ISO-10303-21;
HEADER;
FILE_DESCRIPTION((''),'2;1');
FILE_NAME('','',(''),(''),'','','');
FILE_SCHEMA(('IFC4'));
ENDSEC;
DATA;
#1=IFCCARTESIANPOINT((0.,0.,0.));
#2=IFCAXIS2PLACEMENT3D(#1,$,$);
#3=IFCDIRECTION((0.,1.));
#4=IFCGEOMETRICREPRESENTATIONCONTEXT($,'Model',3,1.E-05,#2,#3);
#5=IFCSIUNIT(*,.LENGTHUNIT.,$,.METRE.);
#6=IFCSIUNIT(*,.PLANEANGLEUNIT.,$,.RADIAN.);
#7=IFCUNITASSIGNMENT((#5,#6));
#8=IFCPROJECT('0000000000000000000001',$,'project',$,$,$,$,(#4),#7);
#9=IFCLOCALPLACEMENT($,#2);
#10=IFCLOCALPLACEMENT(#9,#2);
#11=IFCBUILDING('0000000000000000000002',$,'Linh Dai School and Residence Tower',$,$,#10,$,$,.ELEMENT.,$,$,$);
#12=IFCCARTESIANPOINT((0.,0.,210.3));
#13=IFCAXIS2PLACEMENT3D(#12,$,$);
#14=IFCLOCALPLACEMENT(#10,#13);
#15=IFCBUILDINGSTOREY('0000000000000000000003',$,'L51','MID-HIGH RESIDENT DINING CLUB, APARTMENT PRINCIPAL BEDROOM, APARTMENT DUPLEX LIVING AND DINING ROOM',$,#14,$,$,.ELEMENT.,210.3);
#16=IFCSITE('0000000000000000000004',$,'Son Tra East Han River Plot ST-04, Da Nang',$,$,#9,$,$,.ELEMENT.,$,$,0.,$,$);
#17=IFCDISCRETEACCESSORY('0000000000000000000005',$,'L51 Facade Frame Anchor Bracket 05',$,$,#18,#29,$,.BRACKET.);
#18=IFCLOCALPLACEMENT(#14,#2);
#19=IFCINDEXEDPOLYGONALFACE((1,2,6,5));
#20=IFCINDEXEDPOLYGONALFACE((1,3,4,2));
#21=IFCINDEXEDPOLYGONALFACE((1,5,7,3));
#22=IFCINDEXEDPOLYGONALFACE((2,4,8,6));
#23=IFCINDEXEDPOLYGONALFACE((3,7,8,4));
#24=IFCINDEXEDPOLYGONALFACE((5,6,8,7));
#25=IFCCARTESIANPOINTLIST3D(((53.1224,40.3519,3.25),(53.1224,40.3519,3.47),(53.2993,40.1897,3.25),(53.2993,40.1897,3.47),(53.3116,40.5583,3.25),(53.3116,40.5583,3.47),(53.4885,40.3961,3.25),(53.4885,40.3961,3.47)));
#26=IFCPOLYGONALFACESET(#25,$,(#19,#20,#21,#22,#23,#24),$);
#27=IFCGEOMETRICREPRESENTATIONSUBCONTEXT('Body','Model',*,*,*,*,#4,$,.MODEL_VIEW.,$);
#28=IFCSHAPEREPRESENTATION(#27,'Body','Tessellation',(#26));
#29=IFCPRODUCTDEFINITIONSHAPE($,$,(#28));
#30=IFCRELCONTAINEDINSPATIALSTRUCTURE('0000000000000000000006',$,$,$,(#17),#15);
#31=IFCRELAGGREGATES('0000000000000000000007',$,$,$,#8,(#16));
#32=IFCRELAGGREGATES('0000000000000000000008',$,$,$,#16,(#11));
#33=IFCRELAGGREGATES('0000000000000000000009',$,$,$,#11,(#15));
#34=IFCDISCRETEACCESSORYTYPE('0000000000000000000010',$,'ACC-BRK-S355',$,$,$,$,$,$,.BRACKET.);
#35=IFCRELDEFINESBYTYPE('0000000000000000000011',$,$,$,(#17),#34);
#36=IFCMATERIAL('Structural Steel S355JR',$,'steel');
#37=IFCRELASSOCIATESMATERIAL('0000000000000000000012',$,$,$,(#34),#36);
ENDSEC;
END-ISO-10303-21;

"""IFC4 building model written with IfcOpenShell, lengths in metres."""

from ifc_helpers import new_model, si_unit, direction, frame, origin, origin_2d, place, context, subcontext, project, spatial, rectangle, extrude, source, transform, mapped, material, type_object, element, save


model = new_model("IFC4")

# Units and contexts
model_context = context("Model", 3, precision=1e-05, world=origin(), true_north=direction((0.0, 1.0)))
body_context = subcontext(model_context, "Body", "Model", "MODEL_VIEW")
ifc_project = project(units=[si_unit("LENGTHUNIT", "METRE"), si_unit("PLANEANGLEUNIT", "RADIAN")], contexts=[model_context])

# Site, building, storey
site_placement = place(None, origin())
site = spatial("IfcSite", under=ifc_project, at=site_placement, Name="Son Tra East Han River Plot ST-04, Da Nang", CompositionType="ELEMENT", RefElevation=0.0)
building_placement = place(site_placement, origin())
building = spatial("IfcBuilding", under=site, at=building_placement, Name="Linh Dai School and Residence Tower", CompositionType="ELEMENT")
storey_placement = place(building_placement, frame((0.0, 0.0, 210.3)))
storey = spatial("IfcBuildingStorey", under=building, at=storey_placement, Name="L51", Description="MID-HIGH RESIDENT DINING CLUB, APARTMENT PRINCIPAL BEDROOM, APARTMENT DUPLEX LIVING AND DINING ROOM", CompositionType="ELEMENT", Elevation=210.3)

# Shared definitions
ifc_material_1 = material(Name="Structural Steel S355JR", Category="steel")

# Discrete accessory
discrete_accessory_type = type_object("IfcDiscreteAccessoryType", Name="ACC-BRK-S355", PredefinedType="BRACKET", material=ifc_material_1)
shared_shape_1 = source(origin(), body_context, "Body", "SweptSolid", [
    extrude(rectangle(XDim=0.28, YDim=0.24, at=origin_2d()), origin(), (0.0, 0.0, 1.0), 0.22),
])
discrete_accessory_placement = place(storey_placement, frame((53.3054, 40.374, 3.25), z_axis=(0.0, 0.0, 1.0), x_axis=(0.675758, 0.737124, 0.0)))
element("IfcDiscreteAccessory", 1, at=discrete_accessory_placement, inside=storey, type_object=discrete_accessory_type, Name="L51 Facade Frame Anchor Bracket 05", PredefinedType="BRACKET", context=body_context, shape_type="MappedRepresentation", body=[
    mapped(shared_shape_1, transform((0.0, 0.0, 0.0), x_axis=(1.0, 0.0, 0.0), y_axis=(0.0, 1.0, 0.0), z_axis=(0.0, 0.0, 1.0), scale=1.0)),
])

save(model, "model.ifc")
